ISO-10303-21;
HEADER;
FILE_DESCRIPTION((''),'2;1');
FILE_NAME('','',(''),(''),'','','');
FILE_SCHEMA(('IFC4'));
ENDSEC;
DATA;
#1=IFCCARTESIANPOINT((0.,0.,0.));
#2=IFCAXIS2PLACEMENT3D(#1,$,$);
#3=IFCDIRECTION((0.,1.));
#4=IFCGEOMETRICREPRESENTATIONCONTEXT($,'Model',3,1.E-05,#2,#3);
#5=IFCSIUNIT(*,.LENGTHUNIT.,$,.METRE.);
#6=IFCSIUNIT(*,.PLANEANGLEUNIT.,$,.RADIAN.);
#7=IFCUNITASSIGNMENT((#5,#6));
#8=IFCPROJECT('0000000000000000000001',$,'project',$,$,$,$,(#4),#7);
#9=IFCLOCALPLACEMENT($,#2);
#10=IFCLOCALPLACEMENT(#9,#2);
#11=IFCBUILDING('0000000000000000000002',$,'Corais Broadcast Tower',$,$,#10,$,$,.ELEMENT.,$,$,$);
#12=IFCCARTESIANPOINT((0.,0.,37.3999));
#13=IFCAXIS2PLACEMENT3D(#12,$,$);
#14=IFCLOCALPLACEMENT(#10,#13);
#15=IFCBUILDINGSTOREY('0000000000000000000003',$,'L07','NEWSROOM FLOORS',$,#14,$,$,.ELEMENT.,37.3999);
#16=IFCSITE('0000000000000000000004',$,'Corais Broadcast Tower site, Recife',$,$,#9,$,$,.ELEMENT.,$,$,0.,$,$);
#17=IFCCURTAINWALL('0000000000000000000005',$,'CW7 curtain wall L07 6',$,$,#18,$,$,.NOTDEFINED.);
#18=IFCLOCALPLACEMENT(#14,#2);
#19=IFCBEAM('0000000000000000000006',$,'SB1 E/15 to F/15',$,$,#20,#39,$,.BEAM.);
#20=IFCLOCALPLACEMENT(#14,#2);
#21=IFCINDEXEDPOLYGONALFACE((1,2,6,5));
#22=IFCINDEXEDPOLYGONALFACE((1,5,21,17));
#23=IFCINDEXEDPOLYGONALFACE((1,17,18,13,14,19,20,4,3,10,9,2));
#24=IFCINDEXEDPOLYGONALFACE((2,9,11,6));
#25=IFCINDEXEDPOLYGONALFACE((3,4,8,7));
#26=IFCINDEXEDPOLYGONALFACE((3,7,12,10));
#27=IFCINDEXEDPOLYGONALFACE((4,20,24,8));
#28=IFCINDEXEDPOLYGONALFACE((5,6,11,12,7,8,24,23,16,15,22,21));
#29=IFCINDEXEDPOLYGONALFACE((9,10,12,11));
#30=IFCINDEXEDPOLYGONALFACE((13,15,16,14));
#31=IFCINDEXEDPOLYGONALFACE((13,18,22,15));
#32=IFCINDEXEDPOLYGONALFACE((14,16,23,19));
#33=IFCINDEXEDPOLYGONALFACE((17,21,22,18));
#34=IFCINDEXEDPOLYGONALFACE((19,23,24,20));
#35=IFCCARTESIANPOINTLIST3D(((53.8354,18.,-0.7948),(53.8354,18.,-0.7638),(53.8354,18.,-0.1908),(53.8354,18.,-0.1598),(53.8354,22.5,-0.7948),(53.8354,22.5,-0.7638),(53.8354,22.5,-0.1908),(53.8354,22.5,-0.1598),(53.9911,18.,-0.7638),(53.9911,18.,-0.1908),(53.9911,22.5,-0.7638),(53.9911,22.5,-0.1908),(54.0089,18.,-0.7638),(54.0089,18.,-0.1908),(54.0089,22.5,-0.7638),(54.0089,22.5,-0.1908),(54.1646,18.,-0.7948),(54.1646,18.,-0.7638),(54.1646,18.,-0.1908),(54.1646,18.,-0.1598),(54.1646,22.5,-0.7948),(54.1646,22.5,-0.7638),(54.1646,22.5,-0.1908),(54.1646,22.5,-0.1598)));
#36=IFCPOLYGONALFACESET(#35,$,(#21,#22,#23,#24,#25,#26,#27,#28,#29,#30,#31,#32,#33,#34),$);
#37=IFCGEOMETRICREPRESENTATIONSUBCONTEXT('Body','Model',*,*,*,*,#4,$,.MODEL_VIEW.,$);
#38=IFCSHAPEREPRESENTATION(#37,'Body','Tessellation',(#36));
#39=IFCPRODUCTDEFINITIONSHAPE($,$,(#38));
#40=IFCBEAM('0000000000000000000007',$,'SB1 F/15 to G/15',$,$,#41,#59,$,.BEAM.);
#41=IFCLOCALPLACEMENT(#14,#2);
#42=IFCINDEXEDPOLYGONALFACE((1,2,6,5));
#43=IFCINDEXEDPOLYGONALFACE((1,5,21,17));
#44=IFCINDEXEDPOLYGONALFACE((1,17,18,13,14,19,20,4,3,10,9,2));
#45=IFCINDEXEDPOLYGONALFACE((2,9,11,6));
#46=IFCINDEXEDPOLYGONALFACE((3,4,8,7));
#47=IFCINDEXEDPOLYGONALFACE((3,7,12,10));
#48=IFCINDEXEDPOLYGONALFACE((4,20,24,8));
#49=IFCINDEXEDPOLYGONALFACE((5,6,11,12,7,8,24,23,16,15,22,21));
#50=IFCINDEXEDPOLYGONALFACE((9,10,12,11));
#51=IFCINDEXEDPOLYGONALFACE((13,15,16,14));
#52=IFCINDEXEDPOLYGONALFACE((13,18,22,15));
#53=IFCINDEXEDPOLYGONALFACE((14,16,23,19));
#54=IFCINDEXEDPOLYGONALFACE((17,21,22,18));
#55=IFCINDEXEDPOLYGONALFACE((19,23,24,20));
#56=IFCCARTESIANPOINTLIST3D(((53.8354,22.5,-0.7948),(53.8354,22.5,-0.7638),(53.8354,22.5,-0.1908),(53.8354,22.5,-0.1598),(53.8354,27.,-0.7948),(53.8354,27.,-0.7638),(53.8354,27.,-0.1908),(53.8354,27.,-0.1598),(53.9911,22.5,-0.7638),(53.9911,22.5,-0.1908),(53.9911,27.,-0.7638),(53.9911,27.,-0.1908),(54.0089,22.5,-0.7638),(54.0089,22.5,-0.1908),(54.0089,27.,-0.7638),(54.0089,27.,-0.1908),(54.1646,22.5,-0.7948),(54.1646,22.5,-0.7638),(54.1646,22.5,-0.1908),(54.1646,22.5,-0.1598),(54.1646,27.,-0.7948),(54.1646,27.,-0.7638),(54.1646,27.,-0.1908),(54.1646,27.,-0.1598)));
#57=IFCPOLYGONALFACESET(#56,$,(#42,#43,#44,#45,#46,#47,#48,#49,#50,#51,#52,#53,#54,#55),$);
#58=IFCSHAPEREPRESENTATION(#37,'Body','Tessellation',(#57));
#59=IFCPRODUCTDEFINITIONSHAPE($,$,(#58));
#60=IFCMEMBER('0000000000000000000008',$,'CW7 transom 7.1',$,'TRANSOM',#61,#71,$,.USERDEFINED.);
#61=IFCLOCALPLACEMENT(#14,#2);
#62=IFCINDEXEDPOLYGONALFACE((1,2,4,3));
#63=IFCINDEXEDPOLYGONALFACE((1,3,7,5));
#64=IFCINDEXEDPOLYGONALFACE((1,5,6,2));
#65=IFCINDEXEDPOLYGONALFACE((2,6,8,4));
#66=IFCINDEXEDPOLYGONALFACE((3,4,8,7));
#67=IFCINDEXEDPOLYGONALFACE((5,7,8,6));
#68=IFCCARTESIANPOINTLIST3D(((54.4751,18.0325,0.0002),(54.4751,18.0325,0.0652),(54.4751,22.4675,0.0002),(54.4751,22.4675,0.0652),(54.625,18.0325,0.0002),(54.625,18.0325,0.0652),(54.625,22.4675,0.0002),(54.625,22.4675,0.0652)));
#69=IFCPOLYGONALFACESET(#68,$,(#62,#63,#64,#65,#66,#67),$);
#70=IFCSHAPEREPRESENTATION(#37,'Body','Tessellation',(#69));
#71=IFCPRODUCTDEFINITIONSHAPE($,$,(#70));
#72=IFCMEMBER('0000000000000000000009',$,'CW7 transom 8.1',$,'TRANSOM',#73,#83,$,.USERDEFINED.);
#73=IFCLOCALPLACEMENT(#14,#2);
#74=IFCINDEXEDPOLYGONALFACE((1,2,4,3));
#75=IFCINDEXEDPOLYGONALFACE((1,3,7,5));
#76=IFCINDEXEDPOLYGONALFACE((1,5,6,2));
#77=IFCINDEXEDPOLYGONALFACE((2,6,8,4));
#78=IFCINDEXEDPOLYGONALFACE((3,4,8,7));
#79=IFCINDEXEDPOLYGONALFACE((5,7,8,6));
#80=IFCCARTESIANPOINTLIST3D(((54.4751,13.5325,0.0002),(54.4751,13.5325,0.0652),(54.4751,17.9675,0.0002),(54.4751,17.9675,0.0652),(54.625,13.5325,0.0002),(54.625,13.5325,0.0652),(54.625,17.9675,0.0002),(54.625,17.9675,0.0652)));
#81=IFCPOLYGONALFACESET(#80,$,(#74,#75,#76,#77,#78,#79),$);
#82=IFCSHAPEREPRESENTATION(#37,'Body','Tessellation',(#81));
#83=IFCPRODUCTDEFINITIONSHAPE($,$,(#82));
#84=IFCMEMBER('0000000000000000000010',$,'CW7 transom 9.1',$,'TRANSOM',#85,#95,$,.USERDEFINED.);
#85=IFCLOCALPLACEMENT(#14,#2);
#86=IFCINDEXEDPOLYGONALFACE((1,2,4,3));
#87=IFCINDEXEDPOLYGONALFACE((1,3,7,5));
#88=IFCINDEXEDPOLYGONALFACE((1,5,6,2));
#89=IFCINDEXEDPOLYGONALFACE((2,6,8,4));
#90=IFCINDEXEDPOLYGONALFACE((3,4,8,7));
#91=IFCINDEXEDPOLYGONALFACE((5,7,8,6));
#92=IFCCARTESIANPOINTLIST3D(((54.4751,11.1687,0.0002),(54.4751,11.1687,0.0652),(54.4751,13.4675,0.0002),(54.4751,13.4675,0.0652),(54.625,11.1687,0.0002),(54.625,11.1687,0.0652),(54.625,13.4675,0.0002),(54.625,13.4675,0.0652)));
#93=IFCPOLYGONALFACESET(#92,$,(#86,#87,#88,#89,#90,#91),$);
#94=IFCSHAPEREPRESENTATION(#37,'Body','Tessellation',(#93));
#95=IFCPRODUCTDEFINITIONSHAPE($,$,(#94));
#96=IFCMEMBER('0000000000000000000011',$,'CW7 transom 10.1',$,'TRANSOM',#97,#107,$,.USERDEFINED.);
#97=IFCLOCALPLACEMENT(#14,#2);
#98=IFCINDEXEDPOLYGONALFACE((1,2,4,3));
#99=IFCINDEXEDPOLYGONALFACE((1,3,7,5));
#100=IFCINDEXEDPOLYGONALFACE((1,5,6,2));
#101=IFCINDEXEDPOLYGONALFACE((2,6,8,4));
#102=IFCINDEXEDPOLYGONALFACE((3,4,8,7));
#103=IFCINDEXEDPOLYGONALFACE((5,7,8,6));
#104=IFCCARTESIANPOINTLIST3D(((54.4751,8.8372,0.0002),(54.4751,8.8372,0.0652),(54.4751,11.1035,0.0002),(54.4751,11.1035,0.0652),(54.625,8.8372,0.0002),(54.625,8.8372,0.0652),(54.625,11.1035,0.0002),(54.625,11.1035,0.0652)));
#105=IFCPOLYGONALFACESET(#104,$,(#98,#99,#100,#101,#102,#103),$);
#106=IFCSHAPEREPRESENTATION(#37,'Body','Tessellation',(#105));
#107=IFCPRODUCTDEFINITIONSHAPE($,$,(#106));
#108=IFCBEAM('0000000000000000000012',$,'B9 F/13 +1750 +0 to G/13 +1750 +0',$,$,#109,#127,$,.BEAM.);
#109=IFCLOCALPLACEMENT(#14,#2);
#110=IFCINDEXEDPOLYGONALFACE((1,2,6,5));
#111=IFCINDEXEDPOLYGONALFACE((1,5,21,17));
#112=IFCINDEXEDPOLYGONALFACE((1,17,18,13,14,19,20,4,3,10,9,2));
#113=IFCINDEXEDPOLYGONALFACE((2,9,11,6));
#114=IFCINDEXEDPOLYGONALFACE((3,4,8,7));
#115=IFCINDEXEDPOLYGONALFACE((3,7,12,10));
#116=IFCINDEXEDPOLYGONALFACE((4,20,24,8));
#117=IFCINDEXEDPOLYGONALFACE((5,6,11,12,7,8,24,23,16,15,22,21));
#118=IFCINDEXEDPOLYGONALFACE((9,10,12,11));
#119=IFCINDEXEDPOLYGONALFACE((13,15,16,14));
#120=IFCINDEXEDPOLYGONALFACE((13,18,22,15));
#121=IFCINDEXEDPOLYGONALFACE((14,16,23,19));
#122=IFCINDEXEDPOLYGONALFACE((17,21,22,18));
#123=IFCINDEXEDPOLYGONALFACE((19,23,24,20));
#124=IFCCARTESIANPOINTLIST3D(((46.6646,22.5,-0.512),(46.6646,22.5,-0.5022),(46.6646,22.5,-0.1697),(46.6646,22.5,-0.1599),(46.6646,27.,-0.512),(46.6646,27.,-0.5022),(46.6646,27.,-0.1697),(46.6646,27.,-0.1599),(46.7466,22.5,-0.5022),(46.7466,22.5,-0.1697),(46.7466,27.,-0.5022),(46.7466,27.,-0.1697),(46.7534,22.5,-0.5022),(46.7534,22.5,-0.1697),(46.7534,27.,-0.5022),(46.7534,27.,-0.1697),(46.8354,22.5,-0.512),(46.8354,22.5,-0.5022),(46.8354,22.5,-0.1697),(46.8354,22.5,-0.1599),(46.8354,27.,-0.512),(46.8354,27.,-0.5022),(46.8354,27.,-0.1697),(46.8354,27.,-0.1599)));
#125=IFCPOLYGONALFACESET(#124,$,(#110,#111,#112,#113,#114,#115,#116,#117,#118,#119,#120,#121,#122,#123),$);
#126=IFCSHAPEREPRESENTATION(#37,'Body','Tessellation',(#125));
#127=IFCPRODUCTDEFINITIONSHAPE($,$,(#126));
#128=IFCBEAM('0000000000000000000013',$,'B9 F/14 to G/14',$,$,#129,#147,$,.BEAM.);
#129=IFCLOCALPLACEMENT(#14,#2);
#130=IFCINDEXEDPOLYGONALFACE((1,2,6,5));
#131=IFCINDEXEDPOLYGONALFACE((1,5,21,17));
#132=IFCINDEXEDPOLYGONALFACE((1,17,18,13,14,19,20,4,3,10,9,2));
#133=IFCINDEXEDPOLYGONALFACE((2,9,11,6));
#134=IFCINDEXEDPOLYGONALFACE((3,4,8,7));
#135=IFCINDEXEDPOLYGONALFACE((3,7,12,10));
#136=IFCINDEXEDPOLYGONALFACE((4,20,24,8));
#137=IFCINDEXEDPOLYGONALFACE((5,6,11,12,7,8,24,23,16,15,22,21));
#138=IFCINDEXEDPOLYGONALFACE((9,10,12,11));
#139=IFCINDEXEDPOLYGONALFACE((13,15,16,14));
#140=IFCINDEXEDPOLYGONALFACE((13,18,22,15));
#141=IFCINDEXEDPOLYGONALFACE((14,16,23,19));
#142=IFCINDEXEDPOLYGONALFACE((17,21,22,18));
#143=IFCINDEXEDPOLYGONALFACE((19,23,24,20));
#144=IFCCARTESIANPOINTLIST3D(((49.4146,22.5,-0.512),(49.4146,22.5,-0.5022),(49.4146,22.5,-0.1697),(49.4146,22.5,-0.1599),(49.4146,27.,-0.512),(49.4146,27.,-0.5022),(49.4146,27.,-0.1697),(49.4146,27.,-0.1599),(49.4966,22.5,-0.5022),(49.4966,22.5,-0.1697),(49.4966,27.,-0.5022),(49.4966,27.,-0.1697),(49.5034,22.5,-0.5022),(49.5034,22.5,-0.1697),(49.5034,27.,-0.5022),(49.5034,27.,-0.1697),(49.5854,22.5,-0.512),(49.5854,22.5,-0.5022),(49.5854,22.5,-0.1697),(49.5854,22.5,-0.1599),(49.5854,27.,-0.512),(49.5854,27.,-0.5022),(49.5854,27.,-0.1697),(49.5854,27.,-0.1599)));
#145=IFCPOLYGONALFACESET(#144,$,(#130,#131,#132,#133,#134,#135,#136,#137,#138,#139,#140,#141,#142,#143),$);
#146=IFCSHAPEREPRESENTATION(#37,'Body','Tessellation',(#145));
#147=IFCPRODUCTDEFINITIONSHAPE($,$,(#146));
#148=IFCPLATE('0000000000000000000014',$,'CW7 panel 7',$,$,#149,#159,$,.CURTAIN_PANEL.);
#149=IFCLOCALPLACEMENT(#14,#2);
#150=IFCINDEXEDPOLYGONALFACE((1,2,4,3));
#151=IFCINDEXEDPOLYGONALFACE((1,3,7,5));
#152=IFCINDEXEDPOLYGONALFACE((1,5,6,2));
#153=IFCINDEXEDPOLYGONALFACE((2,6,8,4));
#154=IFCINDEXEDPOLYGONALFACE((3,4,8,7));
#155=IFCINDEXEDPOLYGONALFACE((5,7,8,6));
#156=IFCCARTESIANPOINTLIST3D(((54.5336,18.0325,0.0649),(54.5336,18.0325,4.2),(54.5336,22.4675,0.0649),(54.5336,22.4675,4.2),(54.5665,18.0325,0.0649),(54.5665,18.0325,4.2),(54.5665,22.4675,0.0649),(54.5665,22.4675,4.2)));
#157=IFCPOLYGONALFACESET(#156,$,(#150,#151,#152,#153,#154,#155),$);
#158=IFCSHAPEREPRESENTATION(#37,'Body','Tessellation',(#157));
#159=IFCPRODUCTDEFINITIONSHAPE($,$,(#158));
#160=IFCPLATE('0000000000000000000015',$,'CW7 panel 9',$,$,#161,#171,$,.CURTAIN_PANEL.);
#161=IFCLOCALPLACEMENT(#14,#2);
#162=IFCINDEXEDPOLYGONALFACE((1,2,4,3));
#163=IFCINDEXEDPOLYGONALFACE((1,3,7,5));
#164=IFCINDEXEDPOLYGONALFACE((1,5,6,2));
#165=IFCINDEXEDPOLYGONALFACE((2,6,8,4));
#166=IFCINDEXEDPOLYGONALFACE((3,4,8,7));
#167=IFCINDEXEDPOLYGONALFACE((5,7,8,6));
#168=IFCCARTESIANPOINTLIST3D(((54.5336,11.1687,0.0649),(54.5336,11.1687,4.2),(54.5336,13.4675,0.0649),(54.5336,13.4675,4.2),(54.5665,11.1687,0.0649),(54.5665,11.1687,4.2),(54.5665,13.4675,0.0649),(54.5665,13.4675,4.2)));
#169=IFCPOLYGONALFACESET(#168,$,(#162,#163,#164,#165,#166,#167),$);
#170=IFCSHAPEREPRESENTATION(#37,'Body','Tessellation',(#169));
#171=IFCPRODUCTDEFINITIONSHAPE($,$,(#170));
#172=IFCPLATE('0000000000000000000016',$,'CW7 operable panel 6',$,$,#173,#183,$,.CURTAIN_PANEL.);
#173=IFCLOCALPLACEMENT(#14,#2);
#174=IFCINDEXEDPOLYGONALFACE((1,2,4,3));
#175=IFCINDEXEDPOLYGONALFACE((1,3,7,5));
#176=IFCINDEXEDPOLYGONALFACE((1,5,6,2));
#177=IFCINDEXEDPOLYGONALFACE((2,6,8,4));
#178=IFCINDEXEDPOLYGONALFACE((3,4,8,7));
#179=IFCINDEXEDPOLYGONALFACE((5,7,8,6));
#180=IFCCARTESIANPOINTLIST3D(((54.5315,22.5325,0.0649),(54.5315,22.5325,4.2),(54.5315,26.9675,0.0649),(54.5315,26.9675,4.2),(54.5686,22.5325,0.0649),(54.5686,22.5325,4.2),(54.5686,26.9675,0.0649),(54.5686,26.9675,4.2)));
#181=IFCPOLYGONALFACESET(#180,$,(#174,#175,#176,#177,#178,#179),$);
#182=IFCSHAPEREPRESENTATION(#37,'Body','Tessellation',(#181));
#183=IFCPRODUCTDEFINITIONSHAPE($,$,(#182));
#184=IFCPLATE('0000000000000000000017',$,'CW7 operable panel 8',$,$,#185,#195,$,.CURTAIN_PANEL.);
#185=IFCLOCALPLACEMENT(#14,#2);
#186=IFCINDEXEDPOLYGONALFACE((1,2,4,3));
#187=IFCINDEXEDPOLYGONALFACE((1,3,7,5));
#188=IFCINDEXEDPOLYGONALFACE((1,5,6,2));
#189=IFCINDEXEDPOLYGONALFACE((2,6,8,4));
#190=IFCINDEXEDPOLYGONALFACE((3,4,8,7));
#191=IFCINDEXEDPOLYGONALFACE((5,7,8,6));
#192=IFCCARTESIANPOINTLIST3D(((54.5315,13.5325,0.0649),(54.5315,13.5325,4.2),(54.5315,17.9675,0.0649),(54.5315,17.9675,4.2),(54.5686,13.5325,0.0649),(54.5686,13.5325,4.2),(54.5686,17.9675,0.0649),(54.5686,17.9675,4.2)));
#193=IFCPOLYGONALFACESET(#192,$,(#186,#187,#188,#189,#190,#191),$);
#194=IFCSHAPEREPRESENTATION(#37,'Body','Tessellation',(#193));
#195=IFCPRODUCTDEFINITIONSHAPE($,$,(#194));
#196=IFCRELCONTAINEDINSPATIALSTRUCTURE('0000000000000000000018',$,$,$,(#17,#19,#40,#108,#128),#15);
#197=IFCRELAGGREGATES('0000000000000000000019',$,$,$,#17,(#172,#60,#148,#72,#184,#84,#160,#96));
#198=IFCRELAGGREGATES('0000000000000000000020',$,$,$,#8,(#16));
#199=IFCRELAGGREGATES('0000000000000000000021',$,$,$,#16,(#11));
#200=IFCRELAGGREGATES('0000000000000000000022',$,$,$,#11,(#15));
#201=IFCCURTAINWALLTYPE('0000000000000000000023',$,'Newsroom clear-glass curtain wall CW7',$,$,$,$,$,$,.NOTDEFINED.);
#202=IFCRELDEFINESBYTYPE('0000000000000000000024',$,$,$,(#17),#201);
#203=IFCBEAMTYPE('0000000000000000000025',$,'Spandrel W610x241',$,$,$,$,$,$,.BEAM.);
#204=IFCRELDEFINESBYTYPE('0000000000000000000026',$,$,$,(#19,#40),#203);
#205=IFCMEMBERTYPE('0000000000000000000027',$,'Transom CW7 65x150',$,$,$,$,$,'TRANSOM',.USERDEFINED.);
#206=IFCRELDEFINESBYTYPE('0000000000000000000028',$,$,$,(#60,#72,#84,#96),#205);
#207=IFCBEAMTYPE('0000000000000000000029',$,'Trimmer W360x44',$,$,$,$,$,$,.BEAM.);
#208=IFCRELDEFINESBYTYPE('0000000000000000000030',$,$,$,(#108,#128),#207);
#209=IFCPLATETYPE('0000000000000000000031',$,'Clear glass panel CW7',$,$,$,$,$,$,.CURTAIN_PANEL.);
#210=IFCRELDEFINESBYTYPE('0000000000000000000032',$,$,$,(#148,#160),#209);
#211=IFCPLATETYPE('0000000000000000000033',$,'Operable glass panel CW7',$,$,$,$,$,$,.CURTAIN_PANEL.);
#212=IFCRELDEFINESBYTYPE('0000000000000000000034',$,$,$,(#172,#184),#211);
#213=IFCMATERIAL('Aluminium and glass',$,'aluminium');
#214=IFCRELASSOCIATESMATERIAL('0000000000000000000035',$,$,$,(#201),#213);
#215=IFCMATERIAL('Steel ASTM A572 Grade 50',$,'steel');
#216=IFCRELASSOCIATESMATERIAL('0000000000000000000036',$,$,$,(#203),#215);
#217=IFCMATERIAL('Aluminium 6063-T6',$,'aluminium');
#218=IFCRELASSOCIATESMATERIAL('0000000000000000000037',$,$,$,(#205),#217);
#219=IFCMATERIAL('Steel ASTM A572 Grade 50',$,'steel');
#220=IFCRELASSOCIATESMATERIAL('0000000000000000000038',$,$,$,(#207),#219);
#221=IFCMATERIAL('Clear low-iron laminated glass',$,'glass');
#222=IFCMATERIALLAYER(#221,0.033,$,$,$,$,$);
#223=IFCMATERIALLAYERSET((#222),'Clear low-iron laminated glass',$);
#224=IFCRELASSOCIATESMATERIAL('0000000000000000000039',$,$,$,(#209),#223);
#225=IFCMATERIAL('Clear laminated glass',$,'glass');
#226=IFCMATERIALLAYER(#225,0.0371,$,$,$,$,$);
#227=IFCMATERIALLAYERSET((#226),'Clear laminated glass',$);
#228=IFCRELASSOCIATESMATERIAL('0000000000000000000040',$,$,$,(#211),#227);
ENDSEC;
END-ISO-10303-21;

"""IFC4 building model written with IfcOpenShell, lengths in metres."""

from ifc_helpers import new_model, si_unit, direction, frame, origin, origin_2d, place, context, subcontext, project, spatial, rectangle, i_section, extrude, material, layer, layer_set, material_profile, profile_set, type_object, element, aggregate, save


model = new_model("IFC4")

# Units and contexts
model_context = context("Model", 3, precision=1e-05, world=origin(), true_north=direction((0.0, 1.0)))
body_context = subcontext(model_context, "Body", "Model", "MODEL_VIEW")
ifc_project = project(units=[si_unit("LENGTHUNIT", "METRE"), si_unit("PLANEANGLEUNIT", "RADIAN")], contexts=[model_context])

# Site, building, storey
site_placement = place(None, origin())
site = spatial("IfcSite", under=ifc_project, at=site_placement, Name="Corais Broadcast Tower site, Recife", CompositionType="ELEMENT", RefElevation=0.0)
building_placement = place(site_placement, origin())
building = spatial("IfcBuilding", under=site, at=building_placement, Name="Corais Broadcast Tower", CompositionType="ELEMENT")
storey_placement = place(building_placement, frame((0.0, 0.0, 37.3999)))
storey = spatial("IfcBuildingStorey", under=building, at=storey_placement, Name="L07", Description="NEWSROOM FLOORS", CompositionType="ELEMENT", Elevation=37.3999)

# Curtain wall
ifc_material_1 = material(Name="Aluminium and glass", Category="aluminium")
curtain_wall_type = type_object("IfcCurtainWallType", Name="Newsroom clear-glass curtain wall CW7", PredefinedType="NOTDEFINED", material=ifc_material_1)
curtain_wall_placement = place(storey_placement, origin())
curtain_wall = element("IfcCurtainWall", 1, at=curtain_wall_placement, inside=storey, type_object=curtain_wall_type, Name="CW7 curtain wall L07 6", PredefinedType="NOTDEFINED")

# Beams
ifc_material_2 = material(Name="Steel ASTM A572 Grade 50", Category="steel")
ifc_material_profile_1 = material_profile(ifc_material_2, i_section(OverallWidth=0.3291, OverallDepth=0.635, WebThickness=0.0178, FlangeThickness=0.031, at=origin_2d()), Name="W610x241")
ifc_profile_set_1 = profile_set([ifc_material_profile_1], Name="Steel ASTM A572 Grade 50")
beam_type_1 = type_object("IfcBeamType", Name="Spandrel W610x241", PredefinedType="BEAM", material=ifc_profile_set_1)
for number, where, z_axis, x_axis, name in (
    (2, (54.0, 18.0, -0.4773), (0.0, 1.0, 0.0), (-1.0, 0.0, 0.0), "SB1 E/15 to F/15"),
    (3, (54.0, 22.5, -0.4773), (0.0, 1.0, 0.0), (-1.0, 0.0, 0.0), "SB1 F/15 to G/15"),
):
    element("IfcBeam", number, at=place(storey_placement, frame(where, z_axis=z_axis, x_axis=x_axis)), inside=storey, type_object=beam_type_1, Name=name, PredefinedType="BEAM", context=body_context, shape_type="SweptSolid", body=[
        extrude(i_section(OverallWidth=0.3291, OverallDepth=0.635, WebThickness=0.0178, FlangeThickness=0.031, at=origin_2d()), origin(), (0.0, 0.0, 1.0), 4.5),
    ])

# Members
ifc_material_3 = material(Name="Aluminium 6063-T6", Category="aluminium")
ifc_material_profile_2 = material_profile(ifc_material_3, rectangle(XDim=0.1499, YDim=0.0649, at=origin_2d()), Name="Transom CW7 65x150")
ifc_profile_set_2 = profile_set([ifc_material_profile_2], Name="Aluminium 6063-T6")
member_type_1 = type_object("IfcMemberType", Name="Transom CW7 65x150", ElementType="TRANSOM", PredefinedType="USERDEFINED", material=ifc_profile_set_2)
member_1_placement = place(storey_placement, frame((54.55, 22.4675, 0.0327), z_axis=(0.0, -1.0, 0.0), x_axis=(1.0, 0.0, 0.0)))
member_1 = element("IfcMember", 4, at=member_1_placement, type_object=member_type_1, Name="CW7 transom 7.1", ObjectType="TRANSOM", PredefinedType="USERDEFINED", context=body_context, shape_type="SweptSolid", body=[
    extrude(rectangle(XDim=0.1499, YDim=0.0649, at=origin_2d()), origin(), (0.0, 0.0, 1.0), 4.4351),
])
member_2_placement = place(storey_placement, frame((54.55, 17.9675, 0.0327), z_axis=(0.0, -1.0, 0.0), x_axis=(1.0, 0.0, 0.0)))
member_2 = element("IfcMember", 5, at=member_2_placement, type_object=member_type_1, Name="CW7 transom 8.1", ObjectType="TRANSOM", PredefinedType="USERDEFINED", context=body_context, shape_type="SweptSolid", body=[
    extrude(rectangle(XDim=0.1499, YDim=0.0649, at=origin_2d()), origin(), (0.0, 0.0, 1.0), 4.4351),
])
member_3_placement = place(storey_placement, frame((54.55, 13.4675, 0.0327), z_axis=(0.0, -1.0, 0.0), x_axis=(1.0, 0.0, 0.0)))
member_3 = element("IfcMember", 6, at=member_3_placement, type_object=member_type_1, Name="CW7 transom 9.1", ObjectType="TRANSOM", PredefinedType="USERDEFINED", context=body_context, shape_type="SweptSolid", body=[
    extrude(rectangle(XDim=0.1499, YDim=0.0649, at=origin_2d()), origin(), (0.0, 0.0, 1.0), 2.2988),
])
member_4_placement = place(storey_placement, frame((54.55, 11.1035, 0.0327), z_axis=(0.0, -1.0, 0.0), x_axis=(1.0, 0.0, 0.0)))
member_4 = element("IfcMember", 7, at=member_4_placement, type_object=member_type_1, Name="CW7 transom 10.1", ObjectType="TRANSOM", PredefinedType="USERDEFINED", context=body_context, shape_type="SweptSolid", body=[
    extrude(rectangle(XDim=0.1499, YDim=0.0649, at=origin_2d()), origin(), (0.0, 0.0, 1.0), 2.2664),
])

# Beams
ifc_material_4 = material(Name="Steel ASTM A572 Grade 50", Category="steel")
ifc_material_profile_3 = material_profile(ifc_material_4, i_section(OverallWidth=0.1709, OverallDepth=0.3521, WebThickness=0.0068, FlangeThickness=0.0098, at=origin_2d()), Name="W360x44")
ifc_profile_set_3 = profile_set([ifc_material_profile_3], Name="Steel ASTM A572 Grade 50")
beam_type_2 = type_object("IfcBeamType", Name="Trimmer W360x44", PredefinedType="BEAM", material=ifc_profile_set_3)
for number, where, z_axis, x_axis, name in (
    (8, (46.75, 22.5, -0.3359), (0.0, 1.0, 0.0), (-1.0, 0.0, 0.0), "B9 F/13 +1750 +0 to G/13 +1750 +0"),
    (9, (49.5, 22.5, -0.3359), (0.0, 1.0, 0.0), (-1.0, 0.0, 0.0), "B9 F/14 to G/14"),
):
    element("IfcBeam", number, at=place(storey_placement, frame(where, z_axis=z_axis, x_axis=x_axis)), inside=storey, type_object=beam_type_2, Name=name, PredefinedType="BEAM", context=body_context, shape_type="SweptSolid", body=[
        extrude(i_section(OverallWidth=0.1709, OverallDepth=0.3521, WebThickness=0.0068, FlangeThickness=0.0098, at=origin_2d()), origin(), (0.0, 0.0, 1.0), 4.5),
    ])

# Plates
ifc_material_5 = material(Name="Clear low-iron laminated glass", Category="glass")
ifc_layer_1 = layer(ifc_material_5, 0.033)
ifc_layer_set_1 = layer_set([ifc_layer_1], Name="Clear low-iron laminated glass")
plate_type_1 = type_object("IfcPlateType", Name="Clear glass panel CW7", PredefinedType="CURTAIN_PANEL", material=ifc_layer_set_1)
plate_1_placement = place(storey_placement, frame((54.55, 20.25, 0.0649), z_axis=(0.0, 0.0, 1.0), x_axis=(0.0, -1.0, 0.0)))
plate_1 = element("IfcPlate", 10, at=plate_1_placement, type_object=plate_type_1, Name="CW7 panel 7", PredefinedType="CURTAIN_PANEL", context=body_context, shape_type="SweptSolid", body=[
    extrude(rectangle(XDim=4.4351, YDim=0.033, at=origin_2d()), origin(), (0.0, 0.0, 1.0), 4.135),
])
plate_2_placement = place(storey_placement, frame((54.55, 12.3181, 0.0649), z_axis=(0.0, 0.0, 1.0), x_axis=(0.0, -1.0, 0.0)))
plate_2 = element("IfcPlate", 11, at=plate_2_placement, type_object=plate_type_1, Name="CW7 panel 9", PredefinedType="CURTAIN_PANEL", context=body_context, shape_type="SweptSolid", body=[
    extrude(rectangle(XDim=2.2988, YDim=0.033, at=origin_2d()), origin(), (0.0, 0.0, 1.0), 4.135),
])
ifc_material_6 = material(Name="Clear laminated glass", Category="glass")
ifc_layer_2 = layer(ifc_material_6, 0.0371)
ifc_layer_set_2 = layer_set([ifc_layer_2], Name="Clear laminated glass")
plate_type_2 = type_object("IfcPlateType", Name="Operable glass panel CW7", PredefinedType="CURTAIN_PANEL", material=ifc_layer_set_2)
plate_3_placement = place(storey_placement, frame((54.55, 24.75, 0.0649), z_axis=(0.0, 0.0, 1.0), x_axis=(0.0, -1.0, 0.0)))
plate_3 = element("IfcPlate", 12, at=plate_3_placement, type_object=plate_type_2, Name="CW7 operable panel 6", PredefinedType="CURTAIN_PANEL", context=body_context, shape_type="SweptSolid", body=[
    extrude(rectangle(XDim=4.4351, YDim=0.0371, at=origin_2d()), origin(), (0.0, 0.0, 1.0), 4.135),
])
plate_4_placement = place(storey_placement, frame((54.55, 15.75, 0.0649), z_axis=(0.0, 0.0, 1.0), x_axis=(0.0, -1.0, 0.0)))
plate_4 = element("IfcPlate", 13, at=plate_4_placement, type_object=plate_type_2, Name="CW7 operable panel 8", PredefinedType="CURTAIN_PANEL", context=body_context, shape_type="SweptSolid", body=[
    extrude(rectangle(XDim=4.4351, YDim=0.0371, at=origin_2d()), origin(), (0.0, 0.0, 1.0), 4.135),
])
aggregate(curtain_wall, [plate_3, member_1, plate_1, member_2, plate_4, member_3, plate_2, member_4])

save(model, "model.ifc")
